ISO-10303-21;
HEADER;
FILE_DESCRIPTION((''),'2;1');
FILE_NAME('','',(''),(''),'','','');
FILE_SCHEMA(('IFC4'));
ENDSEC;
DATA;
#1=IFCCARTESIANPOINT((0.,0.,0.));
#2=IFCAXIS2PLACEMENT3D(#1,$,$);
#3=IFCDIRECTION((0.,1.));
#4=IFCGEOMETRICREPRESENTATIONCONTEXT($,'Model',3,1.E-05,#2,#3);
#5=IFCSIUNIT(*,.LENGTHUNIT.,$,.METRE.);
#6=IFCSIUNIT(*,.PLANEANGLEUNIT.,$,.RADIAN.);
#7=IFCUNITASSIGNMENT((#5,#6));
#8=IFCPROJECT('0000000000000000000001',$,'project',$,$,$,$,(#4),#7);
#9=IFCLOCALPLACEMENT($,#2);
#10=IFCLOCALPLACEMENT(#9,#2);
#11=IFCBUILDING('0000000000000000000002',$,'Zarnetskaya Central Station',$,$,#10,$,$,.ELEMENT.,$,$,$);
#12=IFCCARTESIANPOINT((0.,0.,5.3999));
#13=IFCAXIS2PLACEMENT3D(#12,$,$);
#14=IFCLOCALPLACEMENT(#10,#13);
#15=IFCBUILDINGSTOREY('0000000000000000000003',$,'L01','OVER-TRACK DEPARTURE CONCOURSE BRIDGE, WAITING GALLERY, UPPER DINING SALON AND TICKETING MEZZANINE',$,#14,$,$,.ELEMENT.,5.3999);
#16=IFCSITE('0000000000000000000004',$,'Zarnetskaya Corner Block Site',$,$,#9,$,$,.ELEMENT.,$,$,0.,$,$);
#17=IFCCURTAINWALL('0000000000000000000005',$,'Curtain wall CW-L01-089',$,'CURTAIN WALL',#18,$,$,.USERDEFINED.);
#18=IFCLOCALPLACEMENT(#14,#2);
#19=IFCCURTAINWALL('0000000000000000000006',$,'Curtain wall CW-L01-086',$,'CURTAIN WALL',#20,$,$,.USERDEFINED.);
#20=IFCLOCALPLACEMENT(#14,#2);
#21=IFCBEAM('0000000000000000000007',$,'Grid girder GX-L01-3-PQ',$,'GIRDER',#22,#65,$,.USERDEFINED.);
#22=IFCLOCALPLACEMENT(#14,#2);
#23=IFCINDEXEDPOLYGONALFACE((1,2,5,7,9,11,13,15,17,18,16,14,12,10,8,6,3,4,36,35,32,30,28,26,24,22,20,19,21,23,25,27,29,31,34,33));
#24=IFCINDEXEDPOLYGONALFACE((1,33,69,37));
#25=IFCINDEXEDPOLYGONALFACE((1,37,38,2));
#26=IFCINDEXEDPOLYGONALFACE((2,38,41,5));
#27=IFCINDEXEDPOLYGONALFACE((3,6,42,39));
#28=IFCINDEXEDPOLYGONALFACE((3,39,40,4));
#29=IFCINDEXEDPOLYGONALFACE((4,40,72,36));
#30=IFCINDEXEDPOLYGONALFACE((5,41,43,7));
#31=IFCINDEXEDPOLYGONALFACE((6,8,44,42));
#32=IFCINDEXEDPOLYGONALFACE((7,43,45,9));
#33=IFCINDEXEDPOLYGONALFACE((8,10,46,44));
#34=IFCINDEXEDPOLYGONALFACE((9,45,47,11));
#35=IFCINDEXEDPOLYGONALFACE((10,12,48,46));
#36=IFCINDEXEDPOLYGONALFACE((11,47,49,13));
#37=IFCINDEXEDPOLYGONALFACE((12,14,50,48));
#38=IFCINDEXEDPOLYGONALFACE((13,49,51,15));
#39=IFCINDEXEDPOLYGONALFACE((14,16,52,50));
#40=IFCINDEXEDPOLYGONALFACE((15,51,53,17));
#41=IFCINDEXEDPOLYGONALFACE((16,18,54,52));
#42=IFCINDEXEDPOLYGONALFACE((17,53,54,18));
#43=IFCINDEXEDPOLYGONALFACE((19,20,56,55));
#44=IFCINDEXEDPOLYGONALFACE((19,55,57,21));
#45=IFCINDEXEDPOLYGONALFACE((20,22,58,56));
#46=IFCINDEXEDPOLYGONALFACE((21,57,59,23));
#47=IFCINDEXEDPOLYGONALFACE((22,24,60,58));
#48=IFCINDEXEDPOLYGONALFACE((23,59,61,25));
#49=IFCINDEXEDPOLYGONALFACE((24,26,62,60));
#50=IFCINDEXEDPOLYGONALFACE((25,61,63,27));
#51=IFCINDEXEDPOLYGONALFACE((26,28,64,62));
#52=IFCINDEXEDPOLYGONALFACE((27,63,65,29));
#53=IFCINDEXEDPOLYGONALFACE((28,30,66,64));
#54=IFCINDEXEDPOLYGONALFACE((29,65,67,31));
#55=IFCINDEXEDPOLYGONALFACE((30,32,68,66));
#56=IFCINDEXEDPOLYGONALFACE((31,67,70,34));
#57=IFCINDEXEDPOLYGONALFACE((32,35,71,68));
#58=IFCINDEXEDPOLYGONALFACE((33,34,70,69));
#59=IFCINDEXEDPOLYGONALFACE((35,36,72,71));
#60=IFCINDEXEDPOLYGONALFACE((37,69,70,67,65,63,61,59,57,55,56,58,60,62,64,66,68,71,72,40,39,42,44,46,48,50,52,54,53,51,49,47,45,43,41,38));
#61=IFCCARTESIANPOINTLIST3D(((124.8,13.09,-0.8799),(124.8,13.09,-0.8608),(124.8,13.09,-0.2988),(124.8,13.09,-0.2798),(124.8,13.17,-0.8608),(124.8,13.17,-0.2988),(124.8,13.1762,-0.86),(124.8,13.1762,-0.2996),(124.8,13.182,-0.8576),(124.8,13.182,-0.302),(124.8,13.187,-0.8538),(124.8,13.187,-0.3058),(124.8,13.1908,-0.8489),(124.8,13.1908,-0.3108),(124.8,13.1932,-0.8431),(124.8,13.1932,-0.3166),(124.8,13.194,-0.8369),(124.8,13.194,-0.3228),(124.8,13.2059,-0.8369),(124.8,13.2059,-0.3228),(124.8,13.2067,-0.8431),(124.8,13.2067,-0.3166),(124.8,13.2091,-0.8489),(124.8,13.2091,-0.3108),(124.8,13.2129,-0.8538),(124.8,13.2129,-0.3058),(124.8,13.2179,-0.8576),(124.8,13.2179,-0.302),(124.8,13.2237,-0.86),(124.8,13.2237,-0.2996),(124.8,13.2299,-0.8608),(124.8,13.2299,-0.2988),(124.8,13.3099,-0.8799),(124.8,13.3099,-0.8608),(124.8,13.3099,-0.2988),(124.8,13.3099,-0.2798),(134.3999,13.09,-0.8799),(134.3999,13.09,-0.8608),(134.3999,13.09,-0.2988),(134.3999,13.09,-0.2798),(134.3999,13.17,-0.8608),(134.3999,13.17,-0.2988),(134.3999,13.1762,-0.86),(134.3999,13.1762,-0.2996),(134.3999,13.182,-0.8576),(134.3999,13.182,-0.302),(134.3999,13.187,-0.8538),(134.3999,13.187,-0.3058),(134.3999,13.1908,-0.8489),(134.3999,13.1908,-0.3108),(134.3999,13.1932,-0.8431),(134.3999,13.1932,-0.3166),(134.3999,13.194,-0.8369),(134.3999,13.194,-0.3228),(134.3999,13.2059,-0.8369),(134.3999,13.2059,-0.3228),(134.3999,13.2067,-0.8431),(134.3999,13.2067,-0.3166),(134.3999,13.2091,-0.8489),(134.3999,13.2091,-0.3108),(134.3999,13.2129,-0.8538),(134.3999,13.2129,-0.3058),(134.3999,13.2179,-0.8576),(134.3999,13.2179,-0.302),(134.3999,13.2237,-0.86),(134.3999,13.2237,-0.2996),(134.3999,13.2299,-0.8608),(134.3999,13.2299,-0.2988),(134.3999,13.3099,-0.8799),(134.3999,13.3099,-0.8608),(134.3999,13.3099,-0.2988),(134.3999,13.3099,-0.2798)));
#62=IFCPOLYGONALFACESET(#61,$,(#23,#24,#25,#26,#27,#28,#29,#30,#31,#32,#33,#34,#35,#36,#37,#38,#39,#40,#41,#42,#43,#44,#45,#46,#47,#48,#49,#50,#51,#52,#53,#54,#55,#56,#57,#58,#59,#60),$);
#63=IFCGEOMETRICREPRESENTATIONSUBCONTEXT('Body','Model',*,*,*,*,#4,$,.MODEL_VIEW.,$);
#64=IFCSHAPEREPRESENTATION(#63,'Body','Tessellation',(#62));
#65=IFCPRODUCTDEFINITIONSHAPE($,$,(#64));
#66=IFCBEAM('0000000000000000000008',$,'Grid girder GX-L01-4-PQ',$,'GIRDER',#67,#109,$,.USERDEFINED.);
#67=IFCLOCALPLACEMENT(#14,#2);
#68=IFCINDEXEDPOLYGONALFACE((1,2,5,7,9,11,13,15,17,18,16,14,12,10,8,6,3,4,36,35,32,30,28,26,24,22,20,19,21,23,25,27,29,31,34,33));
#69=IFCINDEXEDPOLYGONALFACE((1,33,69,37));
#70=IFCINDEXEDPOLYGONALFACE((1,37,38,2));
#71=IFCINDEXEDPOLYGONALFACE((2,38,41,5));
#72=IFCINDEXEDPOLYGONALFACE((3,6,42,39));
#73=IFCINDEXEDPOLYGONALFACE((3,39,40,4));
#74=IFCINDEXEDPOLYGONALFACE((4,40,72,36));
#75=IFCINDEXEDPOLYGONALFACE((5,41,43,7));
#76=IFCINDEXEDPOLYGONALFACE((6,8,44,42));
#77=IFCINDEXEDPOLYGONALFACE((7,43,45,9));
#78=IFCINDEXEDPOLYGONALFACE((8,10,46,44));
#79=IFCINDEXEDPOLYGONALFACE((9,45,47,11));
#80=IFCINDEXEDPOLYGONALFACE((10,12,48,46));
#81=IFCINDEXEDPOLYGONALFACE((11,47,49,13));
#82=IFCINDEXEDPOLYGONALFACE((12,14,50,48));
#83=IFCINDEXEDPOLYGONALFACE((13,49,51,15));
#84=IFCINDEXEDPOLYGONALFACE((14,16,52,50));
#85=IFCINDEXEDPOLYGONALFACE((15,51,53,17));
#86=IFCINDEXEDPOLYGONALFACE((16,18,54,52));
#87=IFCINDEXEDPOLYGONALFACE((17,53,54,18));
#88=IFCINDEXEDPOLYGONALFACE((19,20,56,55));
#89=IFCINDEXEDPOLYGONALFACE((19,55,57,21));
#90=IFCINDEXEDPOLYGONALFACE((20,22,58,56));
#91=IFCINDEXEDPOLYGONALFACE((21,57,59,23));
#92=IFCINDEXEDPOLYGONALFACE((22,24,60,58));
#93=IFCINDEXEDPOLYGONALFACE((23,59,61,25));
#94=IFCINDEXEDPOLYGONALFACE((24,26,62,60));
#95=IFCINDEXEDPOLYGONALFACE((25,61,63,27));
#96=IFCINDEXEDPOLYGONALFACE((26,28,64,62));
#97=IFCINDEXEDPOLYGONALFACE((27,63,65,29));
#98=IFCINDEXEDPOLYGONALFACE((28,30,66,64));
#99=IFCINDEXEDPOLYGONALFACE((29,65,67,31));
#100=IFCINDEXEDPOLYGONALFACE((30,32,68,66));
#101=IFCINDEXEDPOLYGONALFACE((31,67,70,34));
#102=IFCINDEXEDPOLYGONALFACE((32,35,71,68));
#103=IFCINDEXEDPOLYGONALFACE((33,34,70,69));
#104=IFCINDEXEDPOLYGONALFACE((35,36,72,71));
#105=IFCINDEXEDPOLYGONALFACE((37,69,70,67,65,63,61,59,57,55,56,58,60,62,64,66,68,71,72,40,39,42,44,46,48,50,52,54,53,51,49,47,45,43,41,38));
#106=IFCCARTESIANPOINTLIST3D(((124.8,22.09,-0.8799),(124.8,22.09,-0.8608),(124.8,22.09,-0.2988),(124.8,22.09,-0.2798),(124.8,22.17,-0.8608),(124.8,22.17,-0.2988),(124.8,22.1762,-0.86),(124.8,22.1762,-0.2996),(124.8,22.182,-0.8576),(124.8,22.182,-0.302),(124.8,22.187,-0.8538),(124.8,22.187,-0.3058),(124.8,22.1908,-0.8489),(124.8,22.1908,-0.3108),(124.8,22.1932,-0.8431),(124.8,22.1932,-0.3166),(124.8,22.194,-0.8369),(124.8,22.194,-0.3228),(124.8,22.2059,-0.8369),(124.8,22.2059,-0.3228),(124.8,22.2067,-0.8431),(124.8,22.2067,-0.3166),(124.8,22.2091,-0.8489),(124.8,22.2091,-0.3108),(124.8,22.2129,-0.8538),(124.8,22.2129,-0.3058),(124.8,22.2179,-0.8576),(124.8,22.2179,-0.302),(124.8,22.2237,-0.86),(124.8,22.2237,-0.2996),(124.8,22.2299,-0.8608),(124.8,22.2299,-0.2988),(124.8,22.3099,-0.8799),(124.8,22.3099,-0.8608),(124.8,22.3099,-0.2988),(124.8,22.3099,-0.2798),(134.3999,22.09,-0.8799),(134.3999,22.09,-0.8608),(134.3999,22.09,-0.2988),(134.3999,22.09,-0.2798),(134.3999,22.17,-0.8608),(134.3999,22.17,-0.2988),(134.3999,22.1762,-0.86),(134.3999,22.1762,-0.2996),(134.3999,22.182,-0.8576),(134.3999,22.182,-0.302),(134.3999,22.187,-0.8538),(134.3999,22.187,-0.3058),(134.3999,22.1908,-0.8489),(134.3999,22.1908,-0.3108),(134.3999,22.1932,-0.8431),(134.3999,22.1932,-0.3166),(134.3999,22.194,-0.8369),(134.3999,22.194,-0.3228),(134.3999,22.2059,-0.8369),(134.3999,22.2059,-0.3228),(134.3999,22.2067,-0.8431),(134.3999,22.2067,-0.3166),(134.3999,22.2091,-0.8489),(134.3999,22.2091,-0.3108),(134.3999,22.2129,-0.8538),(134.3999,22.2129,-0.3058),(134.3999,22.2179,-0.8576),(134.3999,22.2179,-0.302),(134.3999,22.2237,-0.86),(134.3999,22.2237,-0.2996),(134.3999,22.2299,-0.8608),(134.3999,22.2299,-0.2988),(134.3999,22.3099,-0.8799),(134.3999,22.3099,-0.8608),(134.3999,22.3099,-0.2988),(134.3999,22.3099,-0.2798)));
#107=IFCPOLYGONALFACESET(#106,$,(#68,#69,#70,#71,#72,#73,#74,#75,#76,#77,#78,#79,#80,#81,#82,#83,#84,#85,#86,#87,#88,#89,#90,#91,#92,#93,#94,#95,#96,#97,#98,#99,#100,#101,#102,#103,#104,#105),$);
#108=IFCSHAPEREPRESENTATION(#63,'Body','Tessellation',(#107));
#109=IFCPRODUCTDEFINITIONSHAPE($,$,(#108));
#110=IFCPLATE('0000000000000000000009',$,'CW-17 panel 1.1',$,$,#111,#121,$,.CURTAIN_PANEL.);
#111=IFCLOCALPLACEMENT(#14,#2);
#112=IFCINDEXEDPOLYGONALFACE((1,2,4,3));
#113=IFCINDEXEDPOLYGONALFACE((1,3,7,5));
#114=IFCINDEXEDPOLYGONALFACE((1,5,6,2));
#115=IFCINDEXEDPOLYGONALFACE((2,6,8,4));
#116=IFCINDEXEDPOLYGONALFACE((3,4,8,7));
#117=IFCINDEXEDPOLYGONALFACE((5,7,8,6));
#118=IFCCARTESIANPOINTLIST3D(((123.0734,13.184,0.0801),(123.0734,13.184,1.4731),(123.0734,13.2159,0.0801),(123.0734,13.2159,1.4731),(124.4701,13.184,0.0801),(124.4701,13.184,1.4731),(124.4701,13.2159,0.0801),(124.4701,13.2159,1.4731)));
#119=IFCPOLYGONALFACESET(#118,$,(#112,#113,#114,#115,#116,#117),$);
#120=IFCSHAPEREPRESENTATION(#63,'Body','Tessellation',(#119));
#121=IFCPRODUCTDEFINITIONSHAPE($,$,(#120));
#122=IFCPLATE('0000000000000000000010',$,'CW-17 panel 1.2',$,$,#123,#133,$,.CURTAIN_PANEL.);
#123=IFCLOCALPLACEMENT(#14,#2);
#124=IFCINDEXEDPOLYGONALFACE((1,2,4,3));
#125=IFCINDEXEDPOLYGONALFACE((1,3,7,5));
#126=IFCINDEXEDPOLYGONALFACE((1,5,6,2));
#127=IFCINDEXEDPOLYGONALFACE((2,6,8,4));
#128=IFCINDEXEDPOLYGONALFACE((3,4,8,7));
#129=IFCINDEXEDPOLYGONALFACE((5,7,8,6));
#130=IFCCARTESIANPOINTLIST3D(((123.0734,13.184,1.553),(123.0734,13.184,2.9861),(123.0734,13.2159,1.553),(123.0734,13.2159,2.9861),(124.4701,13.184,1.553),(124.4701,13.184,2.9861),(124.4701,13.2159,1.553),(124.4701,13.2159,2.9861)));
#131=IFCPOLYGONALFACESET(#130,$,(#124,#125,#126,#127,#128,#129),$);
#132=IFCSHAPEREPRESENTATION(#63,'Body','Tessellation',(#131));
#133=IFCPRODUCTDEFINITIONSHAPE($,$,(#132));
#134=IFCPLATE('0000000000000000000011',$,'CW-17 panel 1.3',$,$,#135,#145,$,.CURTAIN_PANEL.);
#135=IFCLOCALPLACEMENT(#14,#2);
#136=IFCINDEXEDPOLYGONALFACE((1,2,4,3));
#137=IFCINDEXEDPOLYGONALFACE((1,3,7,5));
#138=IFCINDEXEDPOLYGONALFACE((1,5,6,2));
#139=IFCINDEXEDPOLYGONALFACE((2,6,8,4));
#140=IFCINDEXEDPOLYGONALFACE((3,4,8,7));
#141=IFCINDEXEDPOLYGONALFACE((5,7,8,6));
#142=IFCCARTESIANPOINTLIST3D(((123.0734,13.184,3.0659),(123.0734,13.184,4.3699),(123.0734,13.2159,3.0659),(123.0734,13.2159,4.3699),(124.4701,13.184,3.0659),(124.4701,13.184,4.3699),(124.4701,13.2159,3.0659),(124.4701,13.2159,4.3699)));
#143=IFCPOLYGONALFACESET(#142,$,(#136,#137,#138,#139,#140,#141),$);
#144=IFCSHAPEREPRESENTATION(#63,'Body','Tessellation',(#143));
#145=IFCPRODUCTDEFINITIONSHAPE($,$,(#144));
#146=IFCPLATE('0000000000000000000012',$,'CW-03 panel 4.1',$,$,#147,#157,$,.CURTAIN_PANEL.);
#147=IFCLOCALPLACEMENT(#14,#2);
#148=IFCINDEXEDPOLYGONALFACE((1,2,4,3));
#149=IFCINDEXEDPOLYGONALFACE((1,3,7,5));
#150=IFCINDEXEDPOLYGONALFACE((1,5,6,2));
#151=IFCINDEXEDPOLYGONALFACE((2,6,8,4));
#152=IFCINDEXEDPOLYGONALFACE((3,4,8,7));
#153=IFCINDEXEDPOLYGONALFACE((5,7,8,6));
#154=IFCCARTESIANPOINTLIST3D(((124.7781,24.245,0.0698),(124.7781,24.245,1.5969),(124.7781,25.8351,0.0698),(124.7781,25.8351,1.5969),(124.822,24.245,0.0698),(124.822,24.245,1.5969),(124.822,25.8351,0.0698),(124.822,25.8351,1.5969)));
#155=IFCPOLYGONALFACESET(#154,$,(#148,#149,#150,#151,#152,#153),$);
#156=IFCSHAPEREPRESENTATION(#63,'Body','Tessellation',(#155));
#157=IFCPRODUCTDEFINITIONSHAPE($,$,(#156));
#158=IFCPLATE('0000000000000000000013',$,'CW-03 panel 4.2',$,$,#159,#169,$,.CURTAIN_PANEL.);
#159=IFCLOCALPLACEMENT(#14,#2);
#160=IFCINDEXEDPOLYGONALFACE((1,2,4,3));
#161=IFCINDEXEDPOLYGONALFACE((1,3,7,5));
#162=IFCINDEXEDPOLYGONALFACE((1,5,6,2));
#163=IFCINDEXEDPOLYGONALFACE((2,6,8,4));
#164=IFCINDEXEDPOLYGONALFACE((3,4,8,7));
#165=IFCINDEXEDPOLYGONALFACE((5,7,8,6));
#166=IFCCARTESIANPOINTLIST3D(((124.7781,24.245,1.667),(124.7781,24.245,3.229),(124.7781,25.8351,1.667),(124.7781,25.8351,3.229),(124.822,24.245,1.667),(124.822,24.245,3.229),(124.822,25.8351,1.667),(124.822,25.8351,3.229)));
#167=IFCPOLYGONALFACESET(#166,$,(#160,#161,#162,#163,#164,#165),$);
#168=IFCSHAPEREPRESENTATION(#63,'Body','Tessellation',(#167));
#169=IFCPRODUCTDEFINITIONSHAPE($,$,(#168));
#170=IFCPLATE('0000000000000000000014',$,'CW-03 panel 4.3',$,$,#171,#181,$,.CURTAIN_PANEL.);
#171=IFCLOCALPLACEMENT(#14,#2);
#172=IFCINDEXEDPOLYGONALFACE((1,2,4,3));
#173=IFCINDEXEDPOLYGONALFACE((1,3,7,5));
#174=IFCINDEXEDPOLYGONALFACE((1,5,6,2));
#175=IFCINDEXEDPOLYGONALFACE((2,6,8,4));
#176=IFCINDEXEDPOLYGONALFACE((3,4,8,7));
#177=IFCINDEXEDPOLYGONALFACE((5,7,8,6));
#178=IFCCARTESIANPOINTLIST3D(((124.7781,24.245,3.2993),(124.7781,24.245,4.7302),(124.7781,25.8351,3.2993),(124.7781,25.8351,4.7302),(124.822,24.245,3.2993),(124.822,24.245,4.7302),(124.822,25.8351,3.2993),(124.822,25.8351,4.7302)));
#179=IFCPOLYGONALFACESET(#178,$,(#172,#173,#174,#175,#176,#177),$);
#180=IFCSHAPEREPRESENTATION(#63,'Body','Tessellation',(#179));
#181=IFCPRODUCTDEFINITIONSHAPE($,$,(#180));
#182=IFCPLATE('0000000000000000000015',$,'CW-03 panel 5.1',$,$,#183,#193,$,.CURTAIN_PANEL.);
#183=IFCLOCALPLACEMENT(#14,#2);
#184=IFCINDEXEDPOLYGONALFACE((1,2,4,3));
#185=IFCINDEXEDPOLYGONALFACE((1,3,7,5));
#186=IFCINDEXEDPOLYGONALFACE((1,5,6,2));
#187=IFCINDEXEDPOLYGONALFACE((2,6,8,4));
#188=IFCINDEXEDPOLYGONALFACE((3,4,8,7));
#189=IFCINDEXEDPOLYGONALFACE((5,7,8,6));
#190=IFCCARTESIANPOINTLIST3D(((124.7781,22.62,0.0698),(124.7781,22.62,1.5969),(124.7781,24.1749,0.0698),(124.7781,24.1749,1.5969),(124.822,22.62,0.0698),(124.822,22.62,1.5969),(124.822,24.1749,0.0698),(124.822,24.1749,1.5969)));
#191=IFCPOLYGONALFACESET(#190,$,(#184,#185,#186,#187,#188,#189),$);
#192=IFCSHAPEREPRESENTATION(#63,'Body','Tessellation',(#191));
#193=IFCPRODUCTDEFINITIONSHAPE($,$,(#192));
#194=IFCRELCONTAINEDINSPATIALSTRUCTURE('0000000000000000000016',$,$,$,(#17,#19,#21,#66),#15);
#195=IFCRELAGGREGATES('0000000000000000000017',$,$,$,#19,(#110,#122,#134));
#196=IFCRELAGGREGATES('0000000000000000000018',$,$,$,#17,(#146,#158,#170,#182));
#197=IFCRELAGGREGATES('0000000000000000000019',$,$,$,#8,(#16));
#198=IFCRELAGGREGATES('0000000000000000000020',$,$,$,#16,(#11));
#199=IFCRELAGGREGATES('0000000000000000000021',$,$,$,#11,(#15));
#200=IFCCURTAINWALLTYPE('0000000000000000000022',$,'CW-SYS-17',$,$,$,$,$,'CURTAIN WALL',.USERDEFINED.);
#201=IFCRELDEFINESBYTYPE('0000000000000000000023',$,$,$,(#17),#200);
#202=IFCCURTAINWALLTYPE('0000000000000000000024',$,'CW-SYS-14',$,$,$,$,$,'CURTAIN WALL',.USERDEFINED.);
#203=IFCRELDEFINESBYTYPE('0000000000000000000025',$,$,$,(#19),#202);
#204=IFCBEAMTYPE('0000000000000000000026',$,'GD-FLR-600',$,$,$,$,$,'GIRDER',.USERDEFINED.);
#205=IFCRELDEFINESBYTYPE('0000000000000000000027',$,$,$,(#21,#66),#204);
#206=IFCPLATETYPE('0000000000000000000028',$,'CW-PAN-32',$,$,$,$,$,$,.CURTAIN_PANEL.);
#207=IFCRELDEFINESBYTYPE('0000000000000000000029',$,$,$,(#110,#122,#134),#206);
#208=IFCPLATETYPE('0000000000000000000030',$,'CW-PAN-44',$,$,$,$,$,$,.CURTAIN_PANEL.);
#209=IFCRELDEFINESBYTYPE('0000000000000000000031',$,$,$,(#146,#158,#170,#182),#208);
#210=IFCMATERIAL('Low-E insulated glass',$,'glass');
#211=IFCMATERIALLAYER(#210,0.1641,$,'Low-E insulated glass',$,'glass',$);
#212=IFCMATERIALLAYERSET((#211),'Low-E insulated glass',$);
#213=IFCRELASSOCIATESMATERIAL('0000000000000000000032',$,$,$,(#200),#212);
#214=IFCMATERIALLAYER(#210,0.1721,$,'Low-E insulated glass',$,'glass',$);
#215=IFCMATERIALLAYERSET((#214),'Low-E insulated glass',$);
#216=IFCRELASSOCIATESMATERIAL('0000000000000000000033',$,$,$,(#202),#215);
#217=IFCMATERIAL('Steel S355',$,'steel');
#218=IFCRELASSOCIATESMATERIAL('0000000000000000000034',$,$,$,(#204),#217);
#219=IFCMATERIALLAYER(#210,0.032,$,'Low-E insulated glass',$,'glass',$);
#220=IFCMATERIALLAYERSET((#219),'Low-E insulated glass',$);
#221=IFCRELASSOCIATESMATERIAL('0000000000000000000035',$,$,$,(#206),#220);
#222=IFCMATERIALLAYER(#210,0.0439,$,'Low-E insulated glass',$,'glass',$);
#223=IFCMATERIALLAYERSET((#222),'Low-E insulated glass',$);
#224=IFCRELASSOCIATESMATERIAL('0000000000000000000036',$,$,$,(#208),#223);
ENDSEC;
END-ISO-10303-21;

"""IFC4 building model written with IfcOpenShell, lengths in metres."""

from ifc_helpers import new_model, si_unit, direction, frame, origin, origin_2d, place, context, subcontext, project, spatial, rectangle, i_section, extrude, material, layer, layer_set, material_profile, profile_set, type_object, element, aggregate, save


model = new_model("IFC4")

# Units and contexts
model_context = context("Model", 3, precision=1e-05, world=origin(), true_north=direction((0.0, 1.0)))
body_context = subcontext(model_context, "Body", "Model", "MODEL_VIEW")
ifc_project = project(units=[si_unit("LENGTHUNIT", "METRE"), si_unit("PLANEANGLEUNIT", "RADIAN")], contexts=[model_context])

# Site, building, storey
site_placement = place(None, origin())
site = spatial("IfcSite", under=ifc_project, at=site_placement, Name="Zarnetskaya Corner Block Site", CompositionType="ELEMENT", RefElevation=0.0)
building_placement = place(site_placement, origin())
building = spatial("IfcBuilding", under=site, at=building_placement, Name="Zarnetskaya Central Station", CompositionType="ELEMENT")
storey_placement = place(building_placement, frame((0.0, 0.0, 5.3999)))
storey = spatial("IfcBuildingStorey", under=building, at=storey_placement, Name="L01", Description="OVER-TRACK DEPARTURE CONCOURSE BRIDGE, WAITING GALLERY, UPPER DINING SALON AND TICKETING MEZZANINE", CompositionType="ELEMENT", Elevation=5.3999)

# Shared definitions
ifc_material_1 = material(Name="Steel S355", Category="steel")

# Curtain walls
ifc_material_2 = material(Name="Low-E insulated glass", Category="glass")
ifc_layer_1 = layer(ifc_material_2, 0.1641, Name="Low-E insulated glass", Category="glass")
ifc_layer_set_1 = layer_set([ifc_layer_1], Name="Low-E insulated glass")
curtain_wall_type_1 = type_object("IfcCurtainWallType", Name="CW-SYS-17", ElementType="CURTAIN WALL", PredefinedType="USERDEFINED", material=ifc_layer_set_1)
curtain_wall_1_placement = place(storey_placement, origin())
curtain_wall_1 = element("IfcCurtainWall", 1, at=curtain_wall_1_placement, inside=storey, type_object=curtain_wall_type_1, Name="Curtain wall CW-L01-089", ObjectType="CURTAIN WALL", PredefinedType="USERDEFINED")
ifc_layer_2 = layer(ifc_material_2, 0.1721, Name="Low-E insulated glass", Category="glass")
ifc_layer_set_2 = layer_set([ifc_layer_2], Name="Low-E insulated glass")
curtain_wall_type_2 = type_object("IfcCurtainWallType", Name="CW-SYS-14", ElementType="CURTAIN WALL", PredefinedType="USERDEFINED", material=ifc_layer_set_2)
curtain_wall_2_placement = place(storey_placement, origin())
curtain_wall_2 = element("IfcCurtainWall", 2, at=curtain_wall_2_placement, inside=storey, type_object=curtain_wall_type_2, Name="Curtain wall CW-L01-086", ObjectType="CURTAIN WALL", PredefinedType="USERDEFINED")

# Beams
ifc_material_profile_1 = material_profile(ifc_material_1, i_section(OverallWidth=0.22, OverallDepth=0.6001, WebThickness=0.012, FlangeThickness=0.019, FilletRadius=0.0239, at=origin_2d()), Name="IPE 600")
ifc_profile_set_1 = profile_set([ifc_material_profile_1], Name="Steel S355")
beam_type_1 = type_object("IfcBeamType", Name="GD-FLR-600", ElementType="GIRDER", PredefinedType="USERDEFINED", material=ifc_profile_set_1)
for number, where, z_axis, x_axis, name in (
    (3, (124.8, 13.2, -0.5798), (1.0, 0.0, 0.0), (0.0, 1.0, 0.0), "Grid girder GX-L01-3-PQ"),
    (4, (124.8, 22.2, -0.5798), (1.0, 0.0, 0.0), (0.0, 1.0, 0.0), "Grid girder GX-L01-4-PQ"),
):
    element("IfcBeam", number, at=place(storey_placement, frame(where, z_axis=z_axis, x_axis=x_axis)), inside=storey, type_object=beam_type_1, Name=name, ObjectType="GIRDER", PredefinedType="USERDEFINED", context=body_context, shape_type="SweptSolid", body=[
        extrude(i_section(OverallWidth=0.22, OverallDepth=0.6001, WebThickness=0.012, FlangeThickness=0.019, FilletRadius=0.0239, at=origin_2d()), origin(), (0.0, 0.0, 1.0), 9.5999),
    ])

# Plates
ifc_layer_3 = layer(ifc_material_2, 0.032, Name="Low-E insulated glass", Category="glass")
ifc_layer_set_3 = layer_set([ifc_layer_3], Name="Low-E insulated glass")
plate_type_1 = type_object("IfcPlateType", Name="CW-PAN-32", PredefinedType="CURTAIN_PANEL", material=ifc_layer_set_3)
plate_1_placement = place(storey_placement, frame((123.7717, 13.2, 0.0801), z_axis=(0.0, 0.0, 1.0), x_axis=(-1.0, 0.0, 0.0)))
plate_1 = element("IfcPlate", 5, at=plate_1_placement, type_object=plate_type_1, Name="CW-17 panel 1.1", PredefinedType="CURTAIN_PANEL", context=body_context, shape_type="SweptSolid", body=[
    extrude(rectangle(XDim=1.3967, YDim=0.032, at=origin_2d()), origin(), (0.0, 0.0, 1.0), 1.3931),
])
plate_2_placement = place(storey_placement, frame((123.7717, 13.2, 1.553), z_axis=(0.0, 0.0, 1.0), x_axis=(-1.0, 0.0, 0.0)))
plate_2 = element("IfcPlate", 6, at=plate_2_placement, type_object=plate_type_1, Name="CW-17 panel 1.2", PredefinedType="CURTAIN_PANEL", context=body_context, shape_type="SweptSolid", body=[
    extrude(rectangle(XDim=1.3967, YDim=0.032, at=origin_2d()), origin(), (0.0, 0.0, 1.0), 1.4331),
])
plate_3_placement = place(storey_placement, frame((123.7717, 13.2, 3.0659), z_axis=(0.0, 0.0, 1.0), x_axis=(-1.0, 0.0, 0.0)))
plate_3 = element("IfcPlate", 7, at=plate_3_placement, type_object=plate_type_1, Name="CW-17 panel 1.3", PredefinedType="CURTAIN_PANEL", context=body_context, shape_type="SweptSolid", body=[
    extrude(rectangle(XDim=1.3967, YDim=0.032, at=origin_2d()), origin(), (0.0, 0.0, 1.0), 1.304),
])
aggregate(curtain_wall_2, [plate_1, plate_2, plate_3])
ifc_layer_4 = layer(ifc_material_2, 0.0439, Name="Low-E insulated glass", Category="glass")
ifc_layer_set_4 = layer_set([ifc_layer_4], Name="Low-E insulated glass")
plate_type_2 = type_object("IfcPlateType", Name="CW-PAN-44", PredefinedType="CURTAIN_PANEL", material=ifc_layer_set_4)
plate_4_placement = place(storey_placement, frame((124.8, 25.04, 0.0698), z_axis=(0.0, 0.0, 1.0), x_axis=(0.0, -1.0, 0.0)))
plate_4 = element("IfcPlate", 8, at=plate_4_placement, type_object=plate_type_2, Name="CW-03 panel 4.1", PredefinedType="CURTAIN_PANEL", context=body_context, shape_type="SweptSolid", body=[
    extrude(rectangle(XDim=1.5901, YDim=0.0439, at=origin_2d()), origin(), (0.0, 0.0, 1.0), 1.5271),
])
plate_5_placement = place(storey_placement, frame((124.8, 25.04, 1.667), z_axis=(0.0, 0.0, 1.0), x_axis=(0.0, -1.0, 0.0)))
plate_5 = element("IfcPlate", 9, at=plate_5_placement, type_object=plate_type_2, Name="CW-03 panel 4.2", PredefinedType="CURTAIN_PANEL", context=body_context, shape_type="SweptSolid", body=[
    extrude(rectangle(XDim=1.5901, YDim=0.0439, at=origin_2d()), origin(), (0.0, 0.0, 1.0), 1.562),
])
plate_6_placement = place(storey_placement, frame((124.8, 25.04, 3.2993), z_axis=(0.0, 0.0, 1.0), x_axis=(0.0, -1.0, 0.0)))
plate_6 = element("IfcPlate", 10, at=plate_6_placement, type_object=plate_type_2, Name="CW-03 panel 4.3", PredefinedType="CURTAIN_PANEL", context=body_context, shape_type="SweptSolid", body=[
    extrude(rectangle(XDim=1.5901, YDim=0.0439, at=origin_2d()), origin(), (0.0, 0.0, 1.0), 1.4309),
])
plate_7_placement = place(storey_placement, frame((124.8, 23.3975, 0.0698), z_axis=(0.0, 0.0, 1.0), x_axis=(0.0, -1.0, 0.0)))
plate_7 = element("IfcPlate", 11, at=plate_7_placement, type_object=plate_type_2, Name="CW-03 panel 5.1", PredefinedType="CURTAIN_PANEL", context=body_context, shape_type="SweptSolid", body=[
    extrude(rectangle(XDim=1.5549, YDim=0.0439, at=origin_2d()), origin(), (0.0, 0.0, 1.0), 1.5271),
])
aggregate(curtain_wall_1, [plate_4, plate_5, plate_6, plate_7])

save(model, "model.ifc")
